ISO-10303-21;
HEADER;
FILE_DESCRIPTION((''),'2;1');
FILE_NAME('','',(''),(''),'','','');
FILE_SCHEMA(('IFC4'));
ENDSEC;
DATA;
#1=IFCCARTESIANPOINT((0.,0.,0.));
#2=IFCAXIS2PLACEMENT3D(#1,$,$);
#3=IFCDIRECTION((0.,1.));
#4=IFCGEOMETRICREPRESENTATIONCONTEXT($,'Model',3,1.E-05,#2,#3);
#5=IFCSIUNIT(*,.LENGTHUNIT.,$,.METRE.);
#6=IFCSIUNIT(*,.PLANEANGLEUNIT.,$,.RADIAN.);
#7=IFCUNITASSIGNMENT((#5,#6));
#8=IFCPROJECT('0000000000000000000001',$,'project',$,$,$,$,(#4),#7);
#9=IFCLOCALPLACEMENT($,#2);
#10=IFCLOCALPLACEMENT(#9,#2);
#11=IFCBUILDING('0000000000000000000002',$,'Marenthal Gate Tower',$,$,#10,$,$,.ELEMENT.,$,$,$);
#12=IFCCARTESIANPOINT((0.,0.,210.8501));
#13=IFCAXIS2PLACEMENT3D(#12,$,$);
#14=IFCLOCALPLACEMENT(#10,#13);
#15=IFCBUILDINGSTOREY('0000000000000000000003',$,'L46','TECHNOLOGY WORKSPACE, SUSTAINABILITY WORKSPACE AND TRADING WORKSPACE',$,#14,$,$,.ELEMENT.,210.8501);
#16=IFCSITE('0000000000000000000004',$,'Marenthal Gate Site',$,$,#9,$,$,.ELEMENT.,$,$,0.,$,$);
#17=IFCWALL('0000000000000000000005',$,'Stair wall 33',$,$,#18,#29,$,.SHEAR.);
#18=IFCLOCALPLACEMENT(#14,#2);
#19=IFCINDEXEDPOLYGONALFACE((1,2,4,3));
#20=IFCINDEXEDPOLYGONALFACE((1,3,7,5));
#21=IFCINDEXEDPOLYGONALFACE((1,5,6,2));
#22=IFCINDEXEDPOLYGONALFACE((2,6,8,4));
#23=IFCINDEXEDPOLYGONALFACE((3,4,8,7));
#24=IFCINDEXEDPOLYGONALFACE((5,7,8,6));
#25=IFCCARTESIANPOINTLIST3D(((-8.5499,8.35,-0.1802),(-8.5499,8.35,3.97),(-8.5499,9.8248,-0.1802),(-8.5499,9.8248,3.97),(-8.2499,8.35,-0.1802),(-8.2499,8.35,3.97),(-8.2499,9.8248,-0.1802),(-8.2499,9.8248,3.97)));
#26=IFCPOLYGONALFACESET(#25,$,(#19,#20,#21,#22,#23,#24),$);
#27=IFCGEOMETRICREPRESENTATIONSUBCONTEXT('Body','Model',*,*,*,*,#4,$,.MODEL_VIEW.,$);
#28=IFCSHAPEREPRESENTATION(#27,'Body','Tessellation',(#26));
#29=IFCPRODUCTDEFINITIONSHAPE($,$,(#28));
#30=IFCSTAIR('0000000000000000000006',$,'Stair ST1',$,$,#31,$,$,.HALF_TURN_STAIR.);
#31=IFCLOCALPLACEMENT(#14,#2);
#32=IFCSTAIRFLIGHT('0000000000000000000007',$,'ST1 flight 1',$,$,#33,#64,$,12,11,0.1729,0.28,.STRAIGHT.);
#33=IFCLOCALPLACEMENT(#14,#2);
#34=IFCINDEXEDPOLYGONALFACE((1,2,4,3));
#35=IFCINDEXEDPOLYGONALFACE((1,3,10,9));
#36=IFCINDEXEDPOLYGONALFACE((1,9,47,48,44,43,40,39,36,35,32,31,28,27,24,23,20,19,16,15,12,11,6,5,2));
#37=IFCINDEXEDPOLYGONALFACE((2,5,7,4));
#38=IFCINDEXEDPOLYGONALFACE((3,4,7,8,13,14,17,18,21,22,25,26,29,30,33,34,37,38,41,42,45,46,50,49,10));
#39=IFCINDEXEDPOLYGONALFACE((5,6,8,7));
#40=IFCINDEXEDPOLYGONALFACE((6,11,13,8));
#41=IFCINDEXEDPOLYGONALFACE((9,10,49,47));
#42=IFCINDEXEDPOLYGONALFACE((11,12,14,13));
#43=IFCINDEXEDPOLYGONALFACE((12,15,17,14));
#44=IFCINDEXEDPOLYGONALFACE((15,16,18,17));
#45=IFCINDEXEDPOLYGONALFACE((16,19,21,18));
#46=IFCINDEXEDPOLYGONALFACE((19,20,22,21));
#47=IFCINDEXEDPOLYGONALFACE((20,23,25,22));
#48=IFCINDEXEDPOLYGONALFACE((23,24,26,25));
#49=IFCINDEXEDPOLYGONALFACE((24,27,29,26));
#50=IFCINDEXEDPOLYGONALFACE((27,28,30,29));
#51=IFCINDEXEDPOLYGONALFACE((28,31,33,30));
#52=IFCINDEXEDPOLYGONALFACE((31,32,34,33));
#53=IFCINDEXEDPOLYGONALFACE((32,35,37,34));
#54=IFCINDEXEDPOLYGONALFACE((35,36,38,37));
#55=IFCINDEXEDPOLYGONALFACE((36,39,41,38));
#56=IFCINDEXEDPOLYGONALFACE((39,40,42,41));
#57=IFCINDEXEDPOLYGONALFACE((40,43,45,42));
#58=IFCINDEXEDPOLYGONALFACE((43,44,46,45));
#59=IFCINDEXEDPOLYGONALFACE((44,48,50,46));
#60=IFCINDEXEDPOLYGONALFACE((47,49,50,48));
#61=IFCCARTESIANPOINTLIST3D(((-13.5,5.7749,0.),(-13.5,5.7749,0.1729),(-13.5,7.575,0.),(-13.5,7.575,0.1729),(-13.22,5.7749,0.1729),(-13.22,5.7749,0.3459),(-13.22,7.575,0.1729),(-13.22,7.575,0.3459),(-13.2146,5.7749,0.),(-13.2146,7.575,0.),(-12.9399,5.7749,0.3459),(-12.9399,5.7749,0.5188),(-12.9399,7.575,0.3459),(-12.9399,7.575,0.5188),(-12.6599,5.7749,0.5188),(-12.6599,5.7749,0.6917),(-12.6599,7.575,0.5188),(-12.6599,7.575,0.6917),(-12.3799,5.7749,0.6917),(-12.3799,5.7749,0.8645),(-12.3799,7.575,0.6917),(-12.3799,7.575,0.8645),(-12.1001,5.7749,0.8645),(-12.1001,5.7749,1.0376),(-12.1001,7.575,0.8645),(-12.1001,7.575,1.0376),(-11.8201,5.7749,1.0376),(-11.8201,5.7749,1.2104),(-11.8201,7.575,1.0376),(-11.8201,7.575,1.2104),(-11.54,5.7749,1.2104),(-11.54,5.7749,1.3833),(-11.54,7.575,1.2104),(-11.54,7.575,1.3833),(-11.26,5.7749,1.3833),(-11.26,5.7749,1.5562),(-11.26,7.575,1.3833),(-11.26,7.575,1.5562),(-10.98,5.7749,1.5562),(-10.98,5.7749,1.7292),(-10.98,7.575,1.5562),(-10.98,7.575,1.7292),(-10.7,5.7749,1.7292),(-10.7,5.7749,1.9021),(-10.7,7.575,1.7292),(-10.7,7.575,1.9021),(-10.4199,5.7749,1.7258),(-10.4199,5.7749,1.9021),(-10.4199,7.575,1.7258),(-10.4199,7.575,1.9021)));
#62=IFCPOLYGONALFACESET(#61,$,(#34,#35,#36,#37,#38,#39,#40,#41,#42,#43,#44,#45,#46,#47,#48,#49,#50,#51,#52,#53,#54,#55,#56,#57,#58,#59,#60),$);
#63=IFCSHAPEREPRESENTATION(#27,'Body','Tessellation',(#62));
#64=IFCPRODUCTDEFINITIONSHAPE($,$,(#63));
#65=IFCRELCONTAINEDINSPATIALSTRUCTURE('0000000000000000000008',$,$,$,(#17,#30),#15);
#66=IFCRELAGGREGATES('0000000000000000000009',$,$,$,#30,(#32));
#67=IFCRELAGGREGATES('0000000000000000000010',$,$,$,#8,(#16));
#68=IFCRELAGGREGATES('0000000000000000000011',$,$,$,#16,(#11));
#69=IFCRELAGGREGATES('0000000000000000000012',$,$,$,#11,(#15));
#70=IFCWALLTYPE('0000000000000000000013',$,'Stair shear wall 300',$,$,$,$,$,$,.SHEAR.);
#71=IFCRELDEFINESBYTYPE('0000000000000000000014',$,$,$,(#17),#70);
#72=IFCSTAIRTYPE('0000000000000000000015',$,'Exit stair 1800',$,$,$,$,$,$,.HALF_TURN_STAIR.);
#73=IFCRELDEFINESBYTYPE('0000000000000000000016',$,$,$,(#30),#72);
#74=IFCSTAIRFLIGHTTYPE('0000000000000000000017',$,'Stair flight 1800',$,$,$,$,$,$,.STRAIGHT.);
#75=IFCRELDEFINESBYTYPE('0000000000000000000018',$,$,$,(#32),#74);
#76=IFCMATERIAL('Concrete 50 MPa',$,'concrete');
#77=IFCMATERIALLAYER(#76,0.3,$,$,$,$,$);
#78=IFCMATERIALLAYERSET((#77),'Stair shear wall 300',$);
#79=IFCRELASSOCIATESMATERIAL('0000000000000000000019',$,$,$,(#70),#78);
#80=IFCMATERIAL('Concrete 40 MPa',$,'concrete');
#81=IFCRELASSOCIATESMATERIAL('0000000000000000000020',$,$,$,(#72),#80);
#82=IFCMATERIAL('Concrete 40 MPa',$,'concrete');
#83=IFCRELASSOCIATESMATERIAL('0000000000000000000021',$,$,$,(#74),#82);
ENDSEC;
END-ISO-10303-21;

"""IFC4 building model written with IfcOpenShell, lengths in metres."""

from ifc_helpers import new_model, si_unit, direction, frame, frame_2d, origin, place, context, subcontext, project, spatial, polyline, rectangle, outline, extrude, material, layer, layer_set, type_object, element, aggregate, save


model = new_model("IFC4")

# Units and contexts
model_context = context("Model", 3, precision=1e-05, world=origin(), true_north=direction((0.0, 1.0)))
body_context = subcontext(model_context, "Body", "Model", "MODEL_VIEW")
ifc_project = project(units=[si_unit("LENGTHUNIT", "METRE"), si_unit("PLANEANGLEUNIT", "RADIAN")], contexts=[model_context])

# Site, building, storey
site_placement = place(None, origin())
site = spatial("IfcSite", under=ifc_project, at=site_placement, Name="Marenthal Gate Site", CompositionType="ELEMENT", RefElevation=0.0)
building_placement = place(site_placement, origin())
building = spatial("IfcBuilding", under=site, at=building_placement, Name="Marenthal Gate Tower", CompositionType="ELEMENT")
storey_placement = place(building_placement, frame((0.0, 0.0, 210.8501)))
storey = spatial("IfcBuildingStorey", under=building, at=storey_placement, Name="L46", Description="TECHNOLOGY WORKSPACE, SUSTAINABILITY WORKSPACE AND TRADING WORKSPACE", CompositionType="ELEMENT", Elevation=210.8501)

# Wall
ifc_material_1 = material(Name="Concrete 50 MPa", Category="concrete")
ifc_layer_1 = layer(ifc_material_1, 0.3)
ifc_layer_set_1 = layer_set([ifc_layer_1], Name="Stair shear wall 300")
wall_type_1 = type_object("IfcWallType", Name="Stair shear wall 300", PredefinedType="SHEAR", material=ifc_layer_set_1)
wall_1_placement = place(storey_placement, frame((-8.3999, 8.3501, -0.1802), z_axis=(0.0, 0.0, 1.0), x_axis=(0.0, 1.0, 0.0)))
element("IfcWall", 1, at=wall_1_placement, inside=storey, type_object=wall_type_1, Name="Stair wall 33", PredefinedType="SHEAR", context=body_context, shape_type="SweptSolid", body=[
    extrude(rectangle(XDim=1.4749, YDim=0.3, at=frame_2d((0.7373, 0.0))), origin(), (0.0, 0.0, 1.0), 4.1501),
])

# Stair, stair flight
ifc_material_2 = material(Name="Concrete 40 MPa", Category="concrete")
stair_type = type_object("IfcStairType", Name="Exit stair 1800", PredefinedType="HALF_TURN_STAIR", material=ifc_material_2)
stair_placement = place(storey_placement, origin())
stair = element("IfcStair", 2, at=stair_placement, inside=storey, type_object=stair_type, Name="Stair ST1", PredefinedType="HALF_TURN_STAIR")
ifc_material_3 = material(Name="Concrete 40 MPa", Category="concrete")
stair_flight_type = type_object("IfcStairFlightType", Name="Stair flight 1800", PredefinedType="STRAIGHT", material=ifc_material_3)
stair_flight_placement = place(storey_placement, frame((-13.5, 6.675, 0.0), z_axis=(0.0, 0.0, 1.0), x_axis=(1.0, 0.0, 0.0)))
stair_flight = element("IfcStairFlight", 3, at=stair_flight_placement, type_object=stair_flight_type, Name="ST1 flight 1", NumberOfRisers=12, NumberOfTreads=11, PredefinedType="STRAIGHT", RiserHeight=0.1729, TreadLength=0.28, context=body_context, shape_type="SweptSolid", body=[
    extrude(outline(polyline([(0.0, 0.0), (0.0, 0.1729), (0.28, 0.1729), (0.28, 0.3459), (0.5601, 0.3459), (0.5601, 0.5188), (0.8401, 0.5188), (0.8401, 0.6917), (1.1201, 0.6917), (1.1201, 0.8645), (1.3999, 0.8645), (1.3999, 1.0376), (1.6799, 1.0376), (1.6799, 1.2104), (1.96, 1.2104), (1.96, 1.3833), (2.24, 1.3833), (2.24, 1.5562), (2.52, 1.5562), (2.52, 1.7292), (2.8, 1.7292), (2.8, 1.9021), (3.0801, 1.9021), (3.0801, 2.075), (3.0801, 1.7258), (0.2854, 0.0), (0.0, 0.0)])), frame((0.0, 0.8999, 0.0), z_axis=(0.0, -1.0, 0.0), x_axis=(1.0, 0.0, 0.0)), (0.0, 0.0, 1.0), 1.8),
])
aggregate(stair, [stair_flight])

save(model, "model.ifc")
